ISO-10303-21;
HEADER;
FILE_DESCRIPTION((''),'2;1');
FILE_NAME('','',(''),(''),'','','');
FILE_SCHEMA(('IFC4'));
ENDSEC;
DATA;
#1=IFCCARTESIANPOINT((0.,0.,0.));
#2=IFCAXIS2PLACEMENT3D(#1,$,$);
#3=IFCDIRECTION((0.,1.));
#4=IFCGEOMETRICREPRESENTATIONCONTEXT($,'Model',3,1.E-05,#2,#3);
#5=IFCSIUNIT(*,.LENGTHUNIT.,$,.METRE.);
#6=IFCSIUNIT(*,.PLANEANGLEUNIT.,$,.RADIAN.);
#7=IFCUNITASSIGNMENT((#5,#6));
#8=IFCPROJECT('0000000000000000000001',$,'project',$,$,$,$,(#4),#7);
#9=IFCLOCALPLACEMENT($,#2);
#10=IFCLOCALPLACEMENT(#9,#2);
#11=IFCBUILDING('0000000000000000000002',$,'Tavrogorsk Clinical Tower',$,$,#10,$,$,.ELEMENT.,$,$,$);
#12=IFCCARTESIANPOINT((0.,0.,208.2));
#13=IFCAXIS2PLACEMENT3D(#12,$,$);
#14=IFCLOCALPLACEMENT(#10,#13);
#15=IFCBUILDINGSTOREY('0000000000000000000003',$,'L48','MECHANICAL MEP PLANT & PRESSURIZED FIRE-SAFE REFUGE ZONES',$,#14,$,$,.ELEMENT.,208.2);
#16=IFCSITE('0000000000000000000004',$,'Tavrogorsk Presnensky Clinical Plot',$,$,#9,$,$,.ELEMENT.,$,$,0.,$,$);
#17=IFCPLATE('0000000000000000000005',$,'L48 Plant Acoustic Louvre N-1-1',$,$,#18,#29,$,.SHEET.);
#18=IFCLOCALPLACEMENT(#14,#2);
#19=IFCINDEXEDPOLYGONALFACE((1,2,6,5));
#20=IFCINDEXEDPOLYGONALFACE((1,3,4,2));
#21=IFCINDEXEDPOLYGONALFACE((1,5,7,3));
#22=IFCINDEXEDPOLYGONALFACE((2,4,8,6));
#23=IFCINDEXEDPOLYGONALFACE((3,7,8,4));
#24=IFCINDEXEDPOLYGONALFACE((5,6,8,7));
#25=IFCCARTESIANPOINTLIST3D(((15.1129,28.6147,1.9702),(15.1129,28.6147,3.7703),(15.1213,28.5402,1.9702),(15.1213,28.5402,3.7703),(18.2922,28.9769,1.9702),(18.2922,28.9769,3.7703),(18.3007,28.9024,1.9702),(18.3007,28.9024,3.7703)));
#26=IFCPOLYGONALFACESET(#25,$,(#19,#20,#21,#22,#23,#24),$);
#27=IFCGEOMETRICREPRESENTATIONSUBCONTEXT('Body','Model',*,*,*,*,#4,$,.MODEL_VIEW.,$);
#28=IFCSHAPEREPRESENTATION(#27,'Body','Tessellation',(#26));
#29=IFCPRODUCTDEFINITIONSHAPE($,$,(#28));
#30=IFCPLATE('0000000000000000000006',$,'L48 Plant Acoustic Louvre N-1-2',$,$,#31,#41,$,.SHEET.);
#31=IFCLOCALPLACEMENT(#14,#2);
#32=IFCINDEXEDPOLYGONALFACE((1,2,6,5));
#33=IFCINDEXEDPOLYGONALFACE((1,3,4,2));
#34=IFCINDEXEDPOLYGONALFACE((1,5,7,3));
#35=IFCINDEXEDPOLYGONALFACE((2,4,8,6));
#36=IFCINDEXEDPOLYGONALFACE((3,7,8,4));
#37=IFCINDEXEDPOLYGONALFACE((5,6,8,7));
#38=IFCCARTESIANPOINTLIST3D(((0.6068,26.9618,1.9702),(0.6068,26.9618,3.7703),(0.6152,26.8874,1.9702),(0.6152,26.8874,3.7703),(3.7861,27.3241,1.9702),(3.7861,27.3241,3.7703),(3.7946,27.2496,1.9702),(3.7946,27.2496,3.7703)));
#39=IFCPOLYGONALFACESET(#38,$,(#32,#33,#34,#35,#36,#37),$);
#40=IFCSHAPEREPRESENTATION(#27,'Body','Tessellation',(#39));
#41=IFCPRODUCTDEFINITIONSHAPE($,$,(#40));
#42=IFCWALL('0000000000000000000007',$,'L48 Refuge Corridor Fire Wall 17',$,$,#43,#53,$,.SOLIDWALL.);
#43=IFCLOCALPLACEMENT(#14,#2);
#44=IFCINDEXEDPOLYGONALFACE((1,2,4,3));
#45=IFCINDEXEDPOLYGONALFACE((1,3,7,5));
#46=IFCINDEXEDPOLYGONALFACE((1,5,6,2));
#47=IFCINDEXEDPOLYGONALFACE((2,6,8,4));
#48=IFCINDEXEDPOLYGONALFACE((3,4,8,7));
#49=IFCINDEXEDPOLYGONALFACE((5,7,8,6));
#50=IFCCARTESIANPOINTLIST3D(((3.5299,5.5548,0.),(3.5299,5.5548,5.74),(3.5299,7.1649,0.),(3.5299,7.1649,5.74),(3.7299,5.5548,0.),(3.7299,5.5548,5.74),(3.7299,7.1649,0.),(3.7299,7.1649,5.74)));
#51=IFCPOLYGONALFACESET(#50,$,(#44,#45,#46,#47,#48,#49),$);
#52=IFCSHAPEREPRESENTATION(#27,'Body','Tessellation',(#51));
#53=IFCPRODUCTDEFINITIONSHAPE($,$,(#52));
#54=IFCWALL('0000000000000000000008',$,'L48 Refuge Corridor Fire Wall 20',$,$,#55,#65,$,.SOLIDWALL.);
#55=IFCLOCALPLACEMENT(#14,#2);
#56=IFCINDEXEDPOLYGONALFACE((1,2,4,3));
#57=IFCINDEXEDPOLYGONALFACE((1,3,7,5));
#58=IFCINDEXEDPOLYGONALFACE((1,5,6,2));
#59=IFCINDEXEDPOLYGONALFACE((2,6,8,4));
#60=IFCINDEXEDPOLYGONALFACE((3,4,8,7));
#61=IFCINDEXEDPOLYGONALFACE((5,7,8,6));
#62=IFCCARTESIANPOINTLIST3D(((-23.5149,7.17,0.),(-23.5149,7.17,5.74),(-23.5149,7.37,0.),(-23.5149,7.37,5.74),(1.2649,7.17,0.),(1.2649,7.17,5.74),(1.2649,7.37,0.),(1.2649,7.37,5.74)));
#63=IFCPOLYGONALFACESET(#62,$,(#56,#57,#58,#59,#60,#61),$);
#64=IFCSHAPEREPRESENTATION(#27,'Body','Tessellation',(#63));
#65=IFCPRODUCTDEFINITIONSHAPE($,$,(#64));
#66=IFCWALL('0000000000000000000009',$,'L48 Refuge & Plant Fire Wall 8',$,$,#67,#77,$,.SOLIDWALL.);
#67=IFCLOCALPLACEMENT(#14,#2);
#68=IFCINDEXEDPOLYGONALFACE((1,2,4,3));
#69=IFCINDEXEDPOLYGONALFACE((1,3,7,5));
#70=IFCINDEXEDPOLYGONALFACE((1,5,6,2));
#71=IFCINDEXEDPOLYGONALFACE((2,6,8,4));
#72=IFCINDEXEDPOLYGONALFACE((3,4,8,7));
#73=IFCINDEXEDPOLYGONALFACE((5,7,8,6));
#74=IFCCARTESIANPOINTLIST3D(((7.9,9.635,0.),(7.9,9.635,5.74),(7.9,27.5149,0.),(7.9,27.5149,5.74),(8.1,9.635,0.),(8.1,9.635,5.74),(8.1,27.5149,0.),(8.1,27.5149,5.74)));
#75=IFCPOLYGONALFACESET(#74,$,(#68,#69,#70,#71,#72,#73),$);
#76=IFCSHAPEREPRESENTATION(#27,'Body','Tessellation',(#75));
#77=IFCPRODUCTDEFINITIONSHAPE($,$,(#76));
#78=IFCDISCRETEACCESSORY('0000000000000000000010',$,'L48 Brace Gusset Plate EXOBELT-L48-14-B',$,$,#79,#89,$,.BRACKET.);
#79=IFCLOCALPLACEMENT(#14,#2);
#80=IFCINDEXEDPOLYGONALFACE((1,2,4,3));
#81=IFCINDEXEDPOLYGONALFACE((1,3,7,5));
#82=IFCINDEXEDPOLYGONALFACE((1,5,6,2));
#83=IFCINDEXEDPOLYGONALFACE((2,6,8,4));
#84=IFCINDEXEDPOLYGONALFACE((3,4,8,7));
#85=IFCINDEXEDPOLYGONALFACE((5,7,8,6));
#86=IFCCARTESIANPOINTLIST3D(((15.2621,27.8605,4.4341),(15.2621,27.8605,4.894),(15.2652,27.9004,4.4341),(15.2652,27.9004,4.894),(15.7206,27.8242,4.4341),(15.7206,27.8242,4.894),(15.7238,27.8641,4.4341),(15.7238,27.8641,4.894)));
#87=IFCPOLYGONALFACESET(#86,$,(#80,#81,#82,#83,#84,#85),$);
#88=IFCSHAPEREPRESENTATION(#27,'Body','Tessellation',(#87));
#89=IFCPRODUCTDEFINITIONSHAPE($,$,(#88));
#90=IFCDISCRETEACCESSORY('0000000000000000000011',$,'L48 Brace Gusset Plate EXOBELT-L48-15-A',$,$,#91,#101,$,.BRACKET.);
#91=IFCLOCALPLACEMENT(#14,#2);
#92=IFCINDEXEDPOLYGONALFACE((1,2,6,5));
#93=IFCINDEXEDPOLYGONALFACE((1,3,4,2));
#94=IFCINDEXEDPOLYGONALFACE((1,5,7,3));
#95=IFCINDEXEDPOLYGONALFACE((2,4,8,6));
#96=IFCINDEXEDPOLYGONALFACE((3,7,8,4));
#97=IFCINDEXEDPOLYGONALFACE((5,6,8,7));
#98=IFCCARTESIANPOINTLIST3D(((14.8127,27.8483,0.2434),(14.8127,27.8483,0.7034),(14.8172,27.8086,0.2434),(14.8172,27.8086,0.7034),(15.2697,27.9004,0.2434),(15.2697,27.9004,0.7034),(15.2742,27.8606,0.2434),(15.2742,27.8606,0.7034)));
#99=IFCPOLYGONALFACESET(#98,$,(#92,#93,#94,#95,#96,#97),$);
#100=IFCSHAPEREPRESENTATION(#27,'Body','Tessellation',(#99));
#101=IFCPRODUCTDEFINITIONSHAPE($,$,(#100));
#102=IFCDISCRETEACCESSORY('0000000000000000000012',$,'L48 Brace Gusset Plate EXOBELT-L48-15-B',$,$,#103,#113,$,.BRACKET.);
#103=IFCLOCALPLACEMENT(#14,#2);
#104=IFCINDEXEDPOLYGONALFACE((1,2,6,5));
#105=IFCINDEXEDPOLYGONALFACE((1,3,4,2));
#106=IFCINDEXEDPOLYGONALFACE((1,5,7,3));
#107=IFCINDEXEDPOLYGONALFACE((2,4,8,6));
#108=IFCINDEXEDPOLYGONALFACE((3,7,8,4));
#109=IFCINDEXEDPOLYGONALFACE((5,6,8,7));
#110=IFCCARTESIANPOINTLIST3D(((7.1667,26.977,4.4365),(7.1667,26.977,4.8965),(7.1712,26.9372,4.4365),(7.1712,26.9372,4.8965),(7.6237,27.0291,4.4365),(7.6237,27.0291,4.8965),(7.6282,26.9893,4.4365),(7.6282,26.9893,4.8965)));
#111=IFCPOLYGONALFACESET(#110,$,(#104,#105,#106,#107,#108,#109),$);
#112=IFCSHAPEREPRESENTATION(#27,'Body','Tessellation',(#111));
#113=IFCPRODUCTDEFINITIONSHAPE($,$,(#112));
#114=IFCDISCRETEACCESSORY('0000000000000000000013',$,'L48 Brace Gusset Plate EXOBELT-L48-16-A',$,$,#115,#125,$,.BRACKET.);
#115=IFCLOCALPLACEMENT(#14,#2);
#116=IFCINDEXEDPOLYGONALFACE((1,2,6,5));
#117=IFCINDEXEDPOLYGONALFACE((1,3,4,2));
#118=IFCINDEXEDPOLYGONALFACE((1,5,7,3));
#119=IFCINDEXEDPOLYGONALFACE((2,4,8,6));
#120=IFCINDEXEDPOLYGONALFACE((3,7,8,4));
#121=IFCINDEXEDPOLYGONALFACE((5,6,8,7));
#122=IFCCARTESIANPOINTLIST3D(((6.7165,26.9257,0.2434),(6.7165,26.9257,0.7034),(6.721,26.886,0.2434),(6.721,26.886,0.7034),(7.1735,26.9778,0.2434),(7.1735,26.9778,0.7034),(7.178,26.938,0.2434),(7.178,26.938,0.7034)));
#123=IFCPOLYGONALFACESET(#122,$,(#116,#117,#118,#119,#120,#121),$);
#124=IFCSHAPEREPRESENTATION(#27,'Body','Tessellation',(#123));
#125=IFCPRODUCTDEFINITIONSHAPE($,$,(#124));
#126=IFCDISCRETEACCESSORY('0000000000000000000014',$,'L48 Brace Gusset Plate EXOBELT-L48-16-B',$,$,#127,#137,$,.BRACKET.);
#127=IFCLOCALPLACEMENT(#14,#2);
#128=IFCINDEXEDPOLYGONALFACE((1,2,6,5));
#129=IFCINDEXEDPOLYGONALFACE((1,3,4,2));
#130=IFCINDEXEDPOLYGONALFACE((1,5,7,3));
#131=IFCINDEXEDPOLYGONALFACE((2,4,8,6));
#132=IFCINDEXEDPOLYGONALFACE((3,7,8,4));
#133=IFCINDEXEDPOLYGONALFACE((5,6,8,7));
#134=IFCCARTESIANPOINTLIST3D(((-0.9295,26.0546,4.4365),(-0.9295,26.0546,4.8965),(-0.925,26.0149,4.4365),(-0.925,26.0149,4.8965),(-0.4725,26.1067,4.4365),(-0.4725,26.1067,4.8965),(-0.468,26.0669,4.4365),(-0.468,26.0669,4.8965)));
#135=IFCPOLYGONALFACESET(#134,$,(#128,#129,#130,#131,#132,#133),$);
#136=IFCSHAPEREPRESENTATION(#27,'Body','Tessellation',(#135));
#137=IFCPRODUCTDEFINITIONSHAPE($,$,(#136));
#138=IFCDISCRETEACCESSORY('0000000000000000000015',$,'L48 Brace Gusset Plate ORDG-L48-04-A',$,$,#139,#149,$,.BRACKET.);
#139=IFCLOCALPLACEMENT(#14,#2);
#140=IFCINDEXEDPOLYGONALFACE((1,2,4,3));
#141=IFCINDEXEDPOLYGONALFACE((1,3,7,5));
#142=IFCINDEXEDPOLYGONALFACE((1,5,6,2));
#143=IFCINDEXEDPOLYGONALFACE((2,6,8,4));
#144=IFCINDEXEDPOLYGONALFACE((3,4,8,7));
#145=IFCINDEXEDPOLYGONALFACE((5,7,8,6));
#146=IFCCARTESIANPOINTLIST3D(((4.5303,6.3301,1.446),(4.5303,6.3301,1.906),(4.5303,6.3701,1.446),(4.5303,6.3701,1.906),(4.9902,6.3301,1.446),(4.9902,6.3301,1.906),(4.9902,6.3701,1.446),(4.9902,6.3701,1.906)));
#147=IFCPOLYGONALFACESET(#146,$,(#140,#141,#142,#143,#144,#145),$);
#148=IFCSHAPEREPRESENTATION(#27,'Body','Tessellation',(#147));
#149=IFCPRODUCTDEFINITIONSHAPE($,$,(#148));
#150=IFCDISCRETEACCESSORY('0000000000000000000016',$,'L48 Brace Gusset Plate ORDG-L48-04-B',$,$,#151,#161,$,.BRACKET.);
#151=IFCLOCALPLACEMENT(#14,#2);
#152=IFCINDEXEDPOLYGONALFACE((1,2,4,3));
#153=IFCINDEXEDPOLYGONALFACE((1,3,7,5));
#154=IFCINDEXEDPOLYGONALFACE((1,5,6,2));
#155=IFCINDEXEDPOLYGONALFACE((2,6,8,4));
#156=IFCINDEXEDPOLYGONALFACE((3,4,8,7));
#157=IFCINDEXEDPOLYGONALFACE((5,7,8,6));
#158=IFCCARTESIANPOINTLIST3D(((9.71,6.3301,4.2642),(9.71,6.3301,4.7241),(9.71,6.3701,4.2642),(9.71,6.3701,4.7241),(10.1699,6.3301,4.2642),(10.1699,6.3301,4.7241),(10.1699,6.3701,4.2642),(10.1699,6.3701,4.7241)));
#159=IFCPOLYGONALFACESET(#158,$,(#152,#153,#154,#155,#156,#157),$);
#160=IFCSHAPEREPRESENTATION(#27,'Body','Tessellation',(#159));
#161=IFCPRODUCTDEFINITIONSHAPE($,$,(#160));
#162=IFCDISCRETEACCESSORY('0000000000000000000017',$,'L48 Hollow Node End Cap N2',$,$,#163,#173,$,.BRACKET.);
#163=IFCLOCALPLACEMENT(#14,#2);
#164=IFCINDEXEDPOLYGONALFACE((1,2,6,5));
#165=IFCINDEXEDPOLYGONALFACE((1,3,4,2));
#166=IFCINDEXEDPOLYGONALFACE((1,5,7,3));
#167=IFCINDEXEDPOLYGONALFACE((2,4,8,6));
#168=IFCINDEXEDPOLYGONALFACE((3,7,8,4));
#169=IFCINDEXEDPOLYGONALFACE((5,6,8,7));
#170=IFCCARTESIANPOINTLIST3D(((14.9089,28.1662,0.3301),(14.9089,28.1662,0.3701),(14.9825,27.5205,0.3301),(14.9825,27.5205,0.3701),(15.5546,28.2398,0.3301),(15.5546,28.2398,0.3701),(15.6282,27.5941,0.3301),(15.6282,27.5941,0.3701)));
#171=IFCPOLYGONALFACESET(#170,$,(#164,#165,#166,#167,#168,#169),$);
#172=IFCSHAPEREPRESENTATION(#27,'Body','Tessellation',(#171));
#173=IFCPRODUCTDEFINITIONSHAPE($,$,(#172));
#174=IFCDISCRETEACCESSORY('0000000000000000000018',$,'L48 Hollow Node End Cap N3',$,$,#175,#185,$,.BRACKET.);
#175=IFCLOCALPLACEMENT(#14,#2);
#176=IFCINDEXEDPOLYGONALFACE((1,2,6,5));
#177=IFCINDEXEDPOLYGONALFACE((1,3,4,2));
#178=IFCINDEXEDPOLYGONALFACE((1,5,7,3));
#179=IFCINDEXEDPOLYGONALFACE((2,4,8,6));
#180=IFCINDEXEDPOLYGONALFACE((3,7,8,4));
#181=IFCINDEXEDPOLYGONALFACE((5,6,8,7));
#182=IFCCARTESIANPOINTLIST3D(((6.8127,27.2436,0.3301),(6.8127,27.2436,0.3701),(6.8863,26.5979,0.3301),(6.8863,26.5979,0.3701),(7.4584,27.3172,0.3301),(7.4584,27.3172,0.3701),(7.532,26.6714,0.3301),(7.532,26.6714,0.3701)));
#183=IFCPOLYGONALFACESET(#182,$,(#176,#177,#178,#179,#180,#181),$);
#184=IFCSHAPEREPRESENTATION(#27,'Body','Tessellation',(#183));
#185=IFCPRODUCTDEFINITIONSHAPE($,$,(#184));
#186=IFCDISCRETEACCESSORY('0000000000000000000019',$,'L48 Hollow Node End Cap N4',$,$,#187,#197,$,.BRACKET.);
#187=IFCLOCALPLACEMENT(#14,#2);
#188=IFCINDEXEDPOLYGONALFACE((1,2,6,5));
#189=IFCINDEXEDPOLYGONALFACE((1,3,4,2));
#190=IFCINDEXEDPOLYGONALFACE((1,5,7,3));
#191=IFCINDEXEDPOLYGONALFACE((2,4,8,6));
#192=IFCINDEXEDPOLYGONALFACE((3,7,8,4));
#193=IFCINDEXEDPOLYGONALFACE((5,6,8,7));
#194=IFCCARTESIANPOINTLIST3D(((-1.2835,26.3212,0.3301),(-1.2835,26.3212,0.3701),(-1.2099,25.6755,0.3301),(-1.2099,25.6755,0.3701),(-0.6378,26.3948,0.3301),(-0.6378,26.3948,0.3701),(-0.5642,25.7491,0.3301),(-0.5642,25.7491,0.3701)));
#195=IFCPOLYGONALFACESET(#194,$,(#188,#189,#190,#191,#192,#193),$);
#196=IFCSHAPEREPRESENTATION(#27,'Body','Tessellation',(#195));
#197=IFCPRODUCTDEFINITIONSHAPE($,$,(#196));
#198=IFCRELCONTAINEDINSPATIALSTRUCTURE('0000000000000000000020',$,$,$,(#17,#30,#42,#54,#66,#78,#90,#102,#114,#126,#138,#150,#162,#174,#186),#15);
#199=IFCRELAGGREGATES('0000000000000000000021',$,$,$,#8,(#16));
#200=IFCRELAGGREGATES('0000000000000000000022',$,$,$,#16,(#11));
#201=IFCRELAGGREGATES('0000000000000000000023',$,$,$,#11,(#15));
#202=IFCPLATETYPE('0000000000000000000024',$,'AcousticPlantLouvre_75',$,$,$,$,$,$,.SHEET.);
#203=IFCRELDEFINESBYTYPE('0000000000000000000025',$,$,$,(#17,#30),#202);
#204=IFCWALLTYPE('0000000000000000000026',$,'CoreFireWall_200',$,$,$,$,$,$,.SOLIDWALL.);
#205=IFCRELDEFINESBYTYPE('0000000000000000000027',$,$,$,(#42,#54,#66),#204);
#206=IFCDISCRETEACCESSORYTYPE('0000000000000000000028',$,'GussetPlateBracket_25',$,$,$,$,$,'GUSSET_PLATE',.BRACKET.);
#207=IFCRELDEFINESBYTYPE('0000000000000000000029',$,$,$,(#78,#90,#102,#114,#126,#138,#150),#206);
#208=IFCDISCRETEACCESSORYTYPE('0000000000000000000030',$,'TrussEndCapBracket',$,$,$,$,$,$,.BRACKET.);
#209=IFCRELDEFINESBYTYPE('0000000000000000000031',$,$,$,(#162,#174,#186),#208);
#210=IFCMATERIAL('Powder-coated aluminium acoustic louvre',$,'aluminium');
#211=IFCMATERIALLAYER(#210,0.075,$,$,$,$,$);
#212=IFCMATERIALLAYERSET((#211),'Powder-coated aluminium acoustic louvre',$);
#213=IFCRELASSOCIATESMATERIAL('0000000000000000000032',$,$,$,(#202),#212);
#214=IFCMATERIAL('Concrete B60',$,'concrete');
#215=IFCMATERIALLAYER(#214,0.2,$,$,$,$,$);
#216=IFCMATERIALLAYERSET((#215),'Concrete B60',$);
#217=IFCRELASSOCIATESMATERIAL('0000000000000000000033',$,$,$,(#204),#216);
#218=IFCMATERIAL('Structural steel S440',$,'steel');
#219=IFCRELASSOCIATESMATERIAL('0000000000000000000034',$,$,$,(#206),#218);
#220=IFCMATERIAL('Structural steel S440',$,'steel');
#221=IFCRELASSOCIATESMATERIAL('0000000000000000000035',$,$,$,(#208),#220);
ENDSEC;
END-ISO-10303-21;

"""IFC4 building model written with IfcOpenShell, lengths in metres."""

from ifc_helpers import new_model, si_unit, direction, frame, frame_2d, origin, origin_2d, place, context, subcontext, project, spatial, rectangle, extrude, material, layer, layer_set, type_object, element, save


model = new_model("IFC4")

# Units and contexts
model_context = context("Model", 3, precision=1e-05, world=origin(), true_north=direction((0.0, 1.0)))
body_context = subcontext(model_context, "Body", "Model", "MODEL_VIEW")
ifc_project = project(units=[si_unit("LENGTHUNIT", "METRE"), si_unit("PLANEANGLEUNIT", "RADIAN")], contexts=[model_context])

# Site, building, storey
site_placement = place(None, origin())
site = spatial("IfcSite", under=ifc_project, at=site_placement, Name="Tavrogorsk Presnensky Clinical Plot", CompositionType="ELEMENT", RefElevation=0.0)
building_placement = place(site_placement, origin())
building = spatial("IfcBuilding", under=site, at=building_placement, Name="Tavrogorsk Clinical Tower", CompositionType="ELEMENT")
storey_placement = place(building_placement, frame((0.0, 0.0, 208.2)))
storey = spatial("IfcBuildingStorey", under=building, at=storey_placement, Name="L48", Description="MECHANICAL MEP PLANT & PRESSURIZED FIRE-SAFE REFUGE ZONES", CompositionType="ELEMENT", Elevation=208.2)

# Plates
ifc_material_1 = material(Name="Powder-coated aluminium acoustic louvre", Category="aluminium")
ifc_layer_1 = layer(ifc_material_1, 0.075)
ifc_layer_set_1 = layer_set([ifc_layer_1], Name="Powder-coated aluminium acoustic louvre")
plate_type = type_object("IfcPlateType", Name="AcousticPlantLouvre_75", PredefinedType="SHEET", material=ifc_layer_set_1)
for number, where, z_axis, x_axis, name in (
    (1, (16.7068, 28.7585, 1.9702), (0.0, 0.0, 1.0), (-0.993572, -0.113202, 0.0), "L48 Plant Acoustic Louvre N-1-1"),
    (2, (2.2007, 27.1057, 1.9702), (0.0, 0.0, 1.0), (-0.993572, -0.113202, 0.0), "L48 Plant Acoustic Louvre N-1-2"),
):
    element("IfcPlate", number, at=place(storey_placement, frame(where, z_axis=z_axis, x_axis=x_axis)), inside=storey, type_object=plate_type, Name=name, PredefinedType="SHEET", context=body_context, shape_type="SweptSolid", body=[
        extrude(rectangle(XDim=3.2, YDim=0.075, at=origin_2d()), origin(), (0.0, 0.0, 1.0), 1.8),
    ])

# Walls
ifc_material_2 = material(Name="Concrete B60", Category="concrete")
ifc_layer_2 = layer(ifc_material_2, 0.2)
ifc_layer_set_2 = layer_set([ifc_layer_2], Name="Concrete B60")
wall_type = type_object("IfcWallType", Name="CoreFireWall_200", PredefinedType="SOLIDWALL", material=ifc_layer_set_2)
wall_1_placement = place(storey_placement, frame((3.6299, 7.165, 0.0), z_axis=(0.0, 0.0, 1.0), x_axis=(0.0, -1.0, 0.0)))
element("IfcWall", 3, at=wall_1_placement, inside=storey, type_object=wall_type, Name="L48 Refuge Corridor Fire Wall 17", PredefinedType="SOLIDWALL", context=body_context, shape_type="SweptSolid", body=[
    extrude(rectangle(XDim=1.6101, YDim=0.2, at=frame_2d((0.8052, 0.0))), origin(), (0.0, 0.0, 1.0), 5.74),
])
wall_2_placement = place(storey_placement, frame((1.2649, 7.27, 0.0), z_axis=(0.0, 0.0, 1.0), x_axis=(-1.0, 0.0, 0.0)))
element("IfcWall", 4, at=wall_2_placement, inside=storey, type_object=wall_type, Name="L48 Refuge Corridor Fire Wall 20", PredefinedType="SOLIDWALL", context=body_context, shape_type="SweptSolid", body=[
    extrude(rectangle(XDim=24.7798, YDim=0.2, at=frame_2d((12.3899, 0.0))), origin(), (0.0, 0.0, 1.0), 5.74),
])
wall_3_placement = place(storey_placement, frame((8.0, 9.635, 0.0), z_axis=(0.0, 0.0, 1.0), x_axis=(0.0, 1.0, 0.0)))
element("IfcWall", 5, at=wall_3_placement, inside=storey, type_object=wall_type, Name="L48 Refuge & Plant Fire Wall 8", PredefinedType="SOLIDWALL", context=body_context, shape_type="SweptSolid", body=[
    extrude(rectangle(XDim=17.8799, YDim=0.2, at=frame_2d((8.9399, 0.0))), origin(), (0.0, 0.0, 1.0), 5.74),
])

# Discrete accessories
ifc_material_3 = material(Name="Structural steel S440", Category="steel")
discrete_accessory_type_1 = type_object("IfcDiscreteAccessoryType", Name="GussetPlateBracket_25", ElementType="GUSSET_PLATE", PredefinedType="BRACKET", material=ifc_material_3)
for number, where, z_axis, x_axis, name in (
    (6, (15.4929, 27.8623, 4.4341), (0.0, 0.0, 1.0), (-0.99689, 0.078807, 0.0), "L48 Brace Gusset Plate EXOBELT-L48-14-B"),
    (7, (15.0435, 27.8545, 0.2434), (0.0, 0.0, 1.0), (-0.993572, -0.113203, 0.0), "L48 Brace Gusset Plate EXOBELT-L48-15-A"),
    (8, (7.3975, 26.9832, 4.4365), (0.0, 0.0, 1.0), (-0.993572, -0.113203, 0.0), "L48 Brace Gusset Plate EXOBELT-L48-15-B"),
    (9, (6.9473, 26.9319, 0.2434), (0.0, 0.0, 1.0), (-0.993572, -0.113203, 0.0), "L48 Brace Gusset Plate EXOBELT-L48-16-A"),
    (10, (-0.6987, 26.0608, 4.4365), (0.0, 0.0, 1.0), (-0.993572, -0.113203, 0.0), "L48 Brace Gusset Plate EXOBELT-L48-16-B"),
    (11, (4.7603, 6.3501, 1.446), (0.0, 0.0, 1.0), (1.0, 0.0, 0.0), "L48 Brace Gusset Plate ORDG-L48-04-A"),
    (12, (9.9399, 6.3501, 4.2642), (0.0, 0.0, 1.0), (1.0, 0.0, 0.0), "L48 Brace Gusset Plate ORDG-L48-04-B"),
):
    element("IfcDiscreteAccessory", number, at=place(storey_placement, frame(where, z_axis=z_axis, x_axis=x_axis)), inside=storey, type_object=discrete_accessory_type_1, Name=name, PredefinedType="BRACKET", context=body_context, shape_type="SweptSolid", body=[
        extrude(rectangle(XDim=0.46, YDim=0.04, at=origin_2d()), origin(), (0.0, 0.0, 1.0), 0.46),
    ])
ifc_material_4 = material(Name="Structural steel S440", Category="steel")
discrete_accessory_type_2 = type_object("IfcDiscreteAccessoryType", Name="TrussEndCapBracket", PredefinedType="BRACKET", material=ifc_material_4)
for number, where, z_axis, x_axis, name in (
    (13, (15.2686, 27.8801, 0.3301), (0.0, 0.0, 1.0), (0.993572, 0.113203, 0.0), "L48 Hollow Node End Cap N2"),
    (14, (7.1724, 26.9575, 0.3301), (0.0, 0.0, 1.0), (0.993572, 0.113203, 0.0), "L48 Hollow Node End Cap N3"),
    (15, (-0.9238, 26.0352, 0.3301), (0.0, 0.0, 1.0), (0.993572, 0.113203, 0.0), "L48 Hollow Node End Cap N4"),
):
    element("IfcDiscreteAccessory", number, at=place(storey_placement, frame(where, z_axis=z_axis, x_axis=x_axis)), inside=storey, type_object=discrete_accessory_type_2, Name=name, PredefinedType="BRACKET", context=body_context, shape_type="SweptSolid", body=[
        extrude(rectangle(XDim=0.6499, YDim=0.6499, at=origin_2d()), origin(), (0.0, 0.0, 1.0), 0.04),
    ])

save(model, "model.ifc")
